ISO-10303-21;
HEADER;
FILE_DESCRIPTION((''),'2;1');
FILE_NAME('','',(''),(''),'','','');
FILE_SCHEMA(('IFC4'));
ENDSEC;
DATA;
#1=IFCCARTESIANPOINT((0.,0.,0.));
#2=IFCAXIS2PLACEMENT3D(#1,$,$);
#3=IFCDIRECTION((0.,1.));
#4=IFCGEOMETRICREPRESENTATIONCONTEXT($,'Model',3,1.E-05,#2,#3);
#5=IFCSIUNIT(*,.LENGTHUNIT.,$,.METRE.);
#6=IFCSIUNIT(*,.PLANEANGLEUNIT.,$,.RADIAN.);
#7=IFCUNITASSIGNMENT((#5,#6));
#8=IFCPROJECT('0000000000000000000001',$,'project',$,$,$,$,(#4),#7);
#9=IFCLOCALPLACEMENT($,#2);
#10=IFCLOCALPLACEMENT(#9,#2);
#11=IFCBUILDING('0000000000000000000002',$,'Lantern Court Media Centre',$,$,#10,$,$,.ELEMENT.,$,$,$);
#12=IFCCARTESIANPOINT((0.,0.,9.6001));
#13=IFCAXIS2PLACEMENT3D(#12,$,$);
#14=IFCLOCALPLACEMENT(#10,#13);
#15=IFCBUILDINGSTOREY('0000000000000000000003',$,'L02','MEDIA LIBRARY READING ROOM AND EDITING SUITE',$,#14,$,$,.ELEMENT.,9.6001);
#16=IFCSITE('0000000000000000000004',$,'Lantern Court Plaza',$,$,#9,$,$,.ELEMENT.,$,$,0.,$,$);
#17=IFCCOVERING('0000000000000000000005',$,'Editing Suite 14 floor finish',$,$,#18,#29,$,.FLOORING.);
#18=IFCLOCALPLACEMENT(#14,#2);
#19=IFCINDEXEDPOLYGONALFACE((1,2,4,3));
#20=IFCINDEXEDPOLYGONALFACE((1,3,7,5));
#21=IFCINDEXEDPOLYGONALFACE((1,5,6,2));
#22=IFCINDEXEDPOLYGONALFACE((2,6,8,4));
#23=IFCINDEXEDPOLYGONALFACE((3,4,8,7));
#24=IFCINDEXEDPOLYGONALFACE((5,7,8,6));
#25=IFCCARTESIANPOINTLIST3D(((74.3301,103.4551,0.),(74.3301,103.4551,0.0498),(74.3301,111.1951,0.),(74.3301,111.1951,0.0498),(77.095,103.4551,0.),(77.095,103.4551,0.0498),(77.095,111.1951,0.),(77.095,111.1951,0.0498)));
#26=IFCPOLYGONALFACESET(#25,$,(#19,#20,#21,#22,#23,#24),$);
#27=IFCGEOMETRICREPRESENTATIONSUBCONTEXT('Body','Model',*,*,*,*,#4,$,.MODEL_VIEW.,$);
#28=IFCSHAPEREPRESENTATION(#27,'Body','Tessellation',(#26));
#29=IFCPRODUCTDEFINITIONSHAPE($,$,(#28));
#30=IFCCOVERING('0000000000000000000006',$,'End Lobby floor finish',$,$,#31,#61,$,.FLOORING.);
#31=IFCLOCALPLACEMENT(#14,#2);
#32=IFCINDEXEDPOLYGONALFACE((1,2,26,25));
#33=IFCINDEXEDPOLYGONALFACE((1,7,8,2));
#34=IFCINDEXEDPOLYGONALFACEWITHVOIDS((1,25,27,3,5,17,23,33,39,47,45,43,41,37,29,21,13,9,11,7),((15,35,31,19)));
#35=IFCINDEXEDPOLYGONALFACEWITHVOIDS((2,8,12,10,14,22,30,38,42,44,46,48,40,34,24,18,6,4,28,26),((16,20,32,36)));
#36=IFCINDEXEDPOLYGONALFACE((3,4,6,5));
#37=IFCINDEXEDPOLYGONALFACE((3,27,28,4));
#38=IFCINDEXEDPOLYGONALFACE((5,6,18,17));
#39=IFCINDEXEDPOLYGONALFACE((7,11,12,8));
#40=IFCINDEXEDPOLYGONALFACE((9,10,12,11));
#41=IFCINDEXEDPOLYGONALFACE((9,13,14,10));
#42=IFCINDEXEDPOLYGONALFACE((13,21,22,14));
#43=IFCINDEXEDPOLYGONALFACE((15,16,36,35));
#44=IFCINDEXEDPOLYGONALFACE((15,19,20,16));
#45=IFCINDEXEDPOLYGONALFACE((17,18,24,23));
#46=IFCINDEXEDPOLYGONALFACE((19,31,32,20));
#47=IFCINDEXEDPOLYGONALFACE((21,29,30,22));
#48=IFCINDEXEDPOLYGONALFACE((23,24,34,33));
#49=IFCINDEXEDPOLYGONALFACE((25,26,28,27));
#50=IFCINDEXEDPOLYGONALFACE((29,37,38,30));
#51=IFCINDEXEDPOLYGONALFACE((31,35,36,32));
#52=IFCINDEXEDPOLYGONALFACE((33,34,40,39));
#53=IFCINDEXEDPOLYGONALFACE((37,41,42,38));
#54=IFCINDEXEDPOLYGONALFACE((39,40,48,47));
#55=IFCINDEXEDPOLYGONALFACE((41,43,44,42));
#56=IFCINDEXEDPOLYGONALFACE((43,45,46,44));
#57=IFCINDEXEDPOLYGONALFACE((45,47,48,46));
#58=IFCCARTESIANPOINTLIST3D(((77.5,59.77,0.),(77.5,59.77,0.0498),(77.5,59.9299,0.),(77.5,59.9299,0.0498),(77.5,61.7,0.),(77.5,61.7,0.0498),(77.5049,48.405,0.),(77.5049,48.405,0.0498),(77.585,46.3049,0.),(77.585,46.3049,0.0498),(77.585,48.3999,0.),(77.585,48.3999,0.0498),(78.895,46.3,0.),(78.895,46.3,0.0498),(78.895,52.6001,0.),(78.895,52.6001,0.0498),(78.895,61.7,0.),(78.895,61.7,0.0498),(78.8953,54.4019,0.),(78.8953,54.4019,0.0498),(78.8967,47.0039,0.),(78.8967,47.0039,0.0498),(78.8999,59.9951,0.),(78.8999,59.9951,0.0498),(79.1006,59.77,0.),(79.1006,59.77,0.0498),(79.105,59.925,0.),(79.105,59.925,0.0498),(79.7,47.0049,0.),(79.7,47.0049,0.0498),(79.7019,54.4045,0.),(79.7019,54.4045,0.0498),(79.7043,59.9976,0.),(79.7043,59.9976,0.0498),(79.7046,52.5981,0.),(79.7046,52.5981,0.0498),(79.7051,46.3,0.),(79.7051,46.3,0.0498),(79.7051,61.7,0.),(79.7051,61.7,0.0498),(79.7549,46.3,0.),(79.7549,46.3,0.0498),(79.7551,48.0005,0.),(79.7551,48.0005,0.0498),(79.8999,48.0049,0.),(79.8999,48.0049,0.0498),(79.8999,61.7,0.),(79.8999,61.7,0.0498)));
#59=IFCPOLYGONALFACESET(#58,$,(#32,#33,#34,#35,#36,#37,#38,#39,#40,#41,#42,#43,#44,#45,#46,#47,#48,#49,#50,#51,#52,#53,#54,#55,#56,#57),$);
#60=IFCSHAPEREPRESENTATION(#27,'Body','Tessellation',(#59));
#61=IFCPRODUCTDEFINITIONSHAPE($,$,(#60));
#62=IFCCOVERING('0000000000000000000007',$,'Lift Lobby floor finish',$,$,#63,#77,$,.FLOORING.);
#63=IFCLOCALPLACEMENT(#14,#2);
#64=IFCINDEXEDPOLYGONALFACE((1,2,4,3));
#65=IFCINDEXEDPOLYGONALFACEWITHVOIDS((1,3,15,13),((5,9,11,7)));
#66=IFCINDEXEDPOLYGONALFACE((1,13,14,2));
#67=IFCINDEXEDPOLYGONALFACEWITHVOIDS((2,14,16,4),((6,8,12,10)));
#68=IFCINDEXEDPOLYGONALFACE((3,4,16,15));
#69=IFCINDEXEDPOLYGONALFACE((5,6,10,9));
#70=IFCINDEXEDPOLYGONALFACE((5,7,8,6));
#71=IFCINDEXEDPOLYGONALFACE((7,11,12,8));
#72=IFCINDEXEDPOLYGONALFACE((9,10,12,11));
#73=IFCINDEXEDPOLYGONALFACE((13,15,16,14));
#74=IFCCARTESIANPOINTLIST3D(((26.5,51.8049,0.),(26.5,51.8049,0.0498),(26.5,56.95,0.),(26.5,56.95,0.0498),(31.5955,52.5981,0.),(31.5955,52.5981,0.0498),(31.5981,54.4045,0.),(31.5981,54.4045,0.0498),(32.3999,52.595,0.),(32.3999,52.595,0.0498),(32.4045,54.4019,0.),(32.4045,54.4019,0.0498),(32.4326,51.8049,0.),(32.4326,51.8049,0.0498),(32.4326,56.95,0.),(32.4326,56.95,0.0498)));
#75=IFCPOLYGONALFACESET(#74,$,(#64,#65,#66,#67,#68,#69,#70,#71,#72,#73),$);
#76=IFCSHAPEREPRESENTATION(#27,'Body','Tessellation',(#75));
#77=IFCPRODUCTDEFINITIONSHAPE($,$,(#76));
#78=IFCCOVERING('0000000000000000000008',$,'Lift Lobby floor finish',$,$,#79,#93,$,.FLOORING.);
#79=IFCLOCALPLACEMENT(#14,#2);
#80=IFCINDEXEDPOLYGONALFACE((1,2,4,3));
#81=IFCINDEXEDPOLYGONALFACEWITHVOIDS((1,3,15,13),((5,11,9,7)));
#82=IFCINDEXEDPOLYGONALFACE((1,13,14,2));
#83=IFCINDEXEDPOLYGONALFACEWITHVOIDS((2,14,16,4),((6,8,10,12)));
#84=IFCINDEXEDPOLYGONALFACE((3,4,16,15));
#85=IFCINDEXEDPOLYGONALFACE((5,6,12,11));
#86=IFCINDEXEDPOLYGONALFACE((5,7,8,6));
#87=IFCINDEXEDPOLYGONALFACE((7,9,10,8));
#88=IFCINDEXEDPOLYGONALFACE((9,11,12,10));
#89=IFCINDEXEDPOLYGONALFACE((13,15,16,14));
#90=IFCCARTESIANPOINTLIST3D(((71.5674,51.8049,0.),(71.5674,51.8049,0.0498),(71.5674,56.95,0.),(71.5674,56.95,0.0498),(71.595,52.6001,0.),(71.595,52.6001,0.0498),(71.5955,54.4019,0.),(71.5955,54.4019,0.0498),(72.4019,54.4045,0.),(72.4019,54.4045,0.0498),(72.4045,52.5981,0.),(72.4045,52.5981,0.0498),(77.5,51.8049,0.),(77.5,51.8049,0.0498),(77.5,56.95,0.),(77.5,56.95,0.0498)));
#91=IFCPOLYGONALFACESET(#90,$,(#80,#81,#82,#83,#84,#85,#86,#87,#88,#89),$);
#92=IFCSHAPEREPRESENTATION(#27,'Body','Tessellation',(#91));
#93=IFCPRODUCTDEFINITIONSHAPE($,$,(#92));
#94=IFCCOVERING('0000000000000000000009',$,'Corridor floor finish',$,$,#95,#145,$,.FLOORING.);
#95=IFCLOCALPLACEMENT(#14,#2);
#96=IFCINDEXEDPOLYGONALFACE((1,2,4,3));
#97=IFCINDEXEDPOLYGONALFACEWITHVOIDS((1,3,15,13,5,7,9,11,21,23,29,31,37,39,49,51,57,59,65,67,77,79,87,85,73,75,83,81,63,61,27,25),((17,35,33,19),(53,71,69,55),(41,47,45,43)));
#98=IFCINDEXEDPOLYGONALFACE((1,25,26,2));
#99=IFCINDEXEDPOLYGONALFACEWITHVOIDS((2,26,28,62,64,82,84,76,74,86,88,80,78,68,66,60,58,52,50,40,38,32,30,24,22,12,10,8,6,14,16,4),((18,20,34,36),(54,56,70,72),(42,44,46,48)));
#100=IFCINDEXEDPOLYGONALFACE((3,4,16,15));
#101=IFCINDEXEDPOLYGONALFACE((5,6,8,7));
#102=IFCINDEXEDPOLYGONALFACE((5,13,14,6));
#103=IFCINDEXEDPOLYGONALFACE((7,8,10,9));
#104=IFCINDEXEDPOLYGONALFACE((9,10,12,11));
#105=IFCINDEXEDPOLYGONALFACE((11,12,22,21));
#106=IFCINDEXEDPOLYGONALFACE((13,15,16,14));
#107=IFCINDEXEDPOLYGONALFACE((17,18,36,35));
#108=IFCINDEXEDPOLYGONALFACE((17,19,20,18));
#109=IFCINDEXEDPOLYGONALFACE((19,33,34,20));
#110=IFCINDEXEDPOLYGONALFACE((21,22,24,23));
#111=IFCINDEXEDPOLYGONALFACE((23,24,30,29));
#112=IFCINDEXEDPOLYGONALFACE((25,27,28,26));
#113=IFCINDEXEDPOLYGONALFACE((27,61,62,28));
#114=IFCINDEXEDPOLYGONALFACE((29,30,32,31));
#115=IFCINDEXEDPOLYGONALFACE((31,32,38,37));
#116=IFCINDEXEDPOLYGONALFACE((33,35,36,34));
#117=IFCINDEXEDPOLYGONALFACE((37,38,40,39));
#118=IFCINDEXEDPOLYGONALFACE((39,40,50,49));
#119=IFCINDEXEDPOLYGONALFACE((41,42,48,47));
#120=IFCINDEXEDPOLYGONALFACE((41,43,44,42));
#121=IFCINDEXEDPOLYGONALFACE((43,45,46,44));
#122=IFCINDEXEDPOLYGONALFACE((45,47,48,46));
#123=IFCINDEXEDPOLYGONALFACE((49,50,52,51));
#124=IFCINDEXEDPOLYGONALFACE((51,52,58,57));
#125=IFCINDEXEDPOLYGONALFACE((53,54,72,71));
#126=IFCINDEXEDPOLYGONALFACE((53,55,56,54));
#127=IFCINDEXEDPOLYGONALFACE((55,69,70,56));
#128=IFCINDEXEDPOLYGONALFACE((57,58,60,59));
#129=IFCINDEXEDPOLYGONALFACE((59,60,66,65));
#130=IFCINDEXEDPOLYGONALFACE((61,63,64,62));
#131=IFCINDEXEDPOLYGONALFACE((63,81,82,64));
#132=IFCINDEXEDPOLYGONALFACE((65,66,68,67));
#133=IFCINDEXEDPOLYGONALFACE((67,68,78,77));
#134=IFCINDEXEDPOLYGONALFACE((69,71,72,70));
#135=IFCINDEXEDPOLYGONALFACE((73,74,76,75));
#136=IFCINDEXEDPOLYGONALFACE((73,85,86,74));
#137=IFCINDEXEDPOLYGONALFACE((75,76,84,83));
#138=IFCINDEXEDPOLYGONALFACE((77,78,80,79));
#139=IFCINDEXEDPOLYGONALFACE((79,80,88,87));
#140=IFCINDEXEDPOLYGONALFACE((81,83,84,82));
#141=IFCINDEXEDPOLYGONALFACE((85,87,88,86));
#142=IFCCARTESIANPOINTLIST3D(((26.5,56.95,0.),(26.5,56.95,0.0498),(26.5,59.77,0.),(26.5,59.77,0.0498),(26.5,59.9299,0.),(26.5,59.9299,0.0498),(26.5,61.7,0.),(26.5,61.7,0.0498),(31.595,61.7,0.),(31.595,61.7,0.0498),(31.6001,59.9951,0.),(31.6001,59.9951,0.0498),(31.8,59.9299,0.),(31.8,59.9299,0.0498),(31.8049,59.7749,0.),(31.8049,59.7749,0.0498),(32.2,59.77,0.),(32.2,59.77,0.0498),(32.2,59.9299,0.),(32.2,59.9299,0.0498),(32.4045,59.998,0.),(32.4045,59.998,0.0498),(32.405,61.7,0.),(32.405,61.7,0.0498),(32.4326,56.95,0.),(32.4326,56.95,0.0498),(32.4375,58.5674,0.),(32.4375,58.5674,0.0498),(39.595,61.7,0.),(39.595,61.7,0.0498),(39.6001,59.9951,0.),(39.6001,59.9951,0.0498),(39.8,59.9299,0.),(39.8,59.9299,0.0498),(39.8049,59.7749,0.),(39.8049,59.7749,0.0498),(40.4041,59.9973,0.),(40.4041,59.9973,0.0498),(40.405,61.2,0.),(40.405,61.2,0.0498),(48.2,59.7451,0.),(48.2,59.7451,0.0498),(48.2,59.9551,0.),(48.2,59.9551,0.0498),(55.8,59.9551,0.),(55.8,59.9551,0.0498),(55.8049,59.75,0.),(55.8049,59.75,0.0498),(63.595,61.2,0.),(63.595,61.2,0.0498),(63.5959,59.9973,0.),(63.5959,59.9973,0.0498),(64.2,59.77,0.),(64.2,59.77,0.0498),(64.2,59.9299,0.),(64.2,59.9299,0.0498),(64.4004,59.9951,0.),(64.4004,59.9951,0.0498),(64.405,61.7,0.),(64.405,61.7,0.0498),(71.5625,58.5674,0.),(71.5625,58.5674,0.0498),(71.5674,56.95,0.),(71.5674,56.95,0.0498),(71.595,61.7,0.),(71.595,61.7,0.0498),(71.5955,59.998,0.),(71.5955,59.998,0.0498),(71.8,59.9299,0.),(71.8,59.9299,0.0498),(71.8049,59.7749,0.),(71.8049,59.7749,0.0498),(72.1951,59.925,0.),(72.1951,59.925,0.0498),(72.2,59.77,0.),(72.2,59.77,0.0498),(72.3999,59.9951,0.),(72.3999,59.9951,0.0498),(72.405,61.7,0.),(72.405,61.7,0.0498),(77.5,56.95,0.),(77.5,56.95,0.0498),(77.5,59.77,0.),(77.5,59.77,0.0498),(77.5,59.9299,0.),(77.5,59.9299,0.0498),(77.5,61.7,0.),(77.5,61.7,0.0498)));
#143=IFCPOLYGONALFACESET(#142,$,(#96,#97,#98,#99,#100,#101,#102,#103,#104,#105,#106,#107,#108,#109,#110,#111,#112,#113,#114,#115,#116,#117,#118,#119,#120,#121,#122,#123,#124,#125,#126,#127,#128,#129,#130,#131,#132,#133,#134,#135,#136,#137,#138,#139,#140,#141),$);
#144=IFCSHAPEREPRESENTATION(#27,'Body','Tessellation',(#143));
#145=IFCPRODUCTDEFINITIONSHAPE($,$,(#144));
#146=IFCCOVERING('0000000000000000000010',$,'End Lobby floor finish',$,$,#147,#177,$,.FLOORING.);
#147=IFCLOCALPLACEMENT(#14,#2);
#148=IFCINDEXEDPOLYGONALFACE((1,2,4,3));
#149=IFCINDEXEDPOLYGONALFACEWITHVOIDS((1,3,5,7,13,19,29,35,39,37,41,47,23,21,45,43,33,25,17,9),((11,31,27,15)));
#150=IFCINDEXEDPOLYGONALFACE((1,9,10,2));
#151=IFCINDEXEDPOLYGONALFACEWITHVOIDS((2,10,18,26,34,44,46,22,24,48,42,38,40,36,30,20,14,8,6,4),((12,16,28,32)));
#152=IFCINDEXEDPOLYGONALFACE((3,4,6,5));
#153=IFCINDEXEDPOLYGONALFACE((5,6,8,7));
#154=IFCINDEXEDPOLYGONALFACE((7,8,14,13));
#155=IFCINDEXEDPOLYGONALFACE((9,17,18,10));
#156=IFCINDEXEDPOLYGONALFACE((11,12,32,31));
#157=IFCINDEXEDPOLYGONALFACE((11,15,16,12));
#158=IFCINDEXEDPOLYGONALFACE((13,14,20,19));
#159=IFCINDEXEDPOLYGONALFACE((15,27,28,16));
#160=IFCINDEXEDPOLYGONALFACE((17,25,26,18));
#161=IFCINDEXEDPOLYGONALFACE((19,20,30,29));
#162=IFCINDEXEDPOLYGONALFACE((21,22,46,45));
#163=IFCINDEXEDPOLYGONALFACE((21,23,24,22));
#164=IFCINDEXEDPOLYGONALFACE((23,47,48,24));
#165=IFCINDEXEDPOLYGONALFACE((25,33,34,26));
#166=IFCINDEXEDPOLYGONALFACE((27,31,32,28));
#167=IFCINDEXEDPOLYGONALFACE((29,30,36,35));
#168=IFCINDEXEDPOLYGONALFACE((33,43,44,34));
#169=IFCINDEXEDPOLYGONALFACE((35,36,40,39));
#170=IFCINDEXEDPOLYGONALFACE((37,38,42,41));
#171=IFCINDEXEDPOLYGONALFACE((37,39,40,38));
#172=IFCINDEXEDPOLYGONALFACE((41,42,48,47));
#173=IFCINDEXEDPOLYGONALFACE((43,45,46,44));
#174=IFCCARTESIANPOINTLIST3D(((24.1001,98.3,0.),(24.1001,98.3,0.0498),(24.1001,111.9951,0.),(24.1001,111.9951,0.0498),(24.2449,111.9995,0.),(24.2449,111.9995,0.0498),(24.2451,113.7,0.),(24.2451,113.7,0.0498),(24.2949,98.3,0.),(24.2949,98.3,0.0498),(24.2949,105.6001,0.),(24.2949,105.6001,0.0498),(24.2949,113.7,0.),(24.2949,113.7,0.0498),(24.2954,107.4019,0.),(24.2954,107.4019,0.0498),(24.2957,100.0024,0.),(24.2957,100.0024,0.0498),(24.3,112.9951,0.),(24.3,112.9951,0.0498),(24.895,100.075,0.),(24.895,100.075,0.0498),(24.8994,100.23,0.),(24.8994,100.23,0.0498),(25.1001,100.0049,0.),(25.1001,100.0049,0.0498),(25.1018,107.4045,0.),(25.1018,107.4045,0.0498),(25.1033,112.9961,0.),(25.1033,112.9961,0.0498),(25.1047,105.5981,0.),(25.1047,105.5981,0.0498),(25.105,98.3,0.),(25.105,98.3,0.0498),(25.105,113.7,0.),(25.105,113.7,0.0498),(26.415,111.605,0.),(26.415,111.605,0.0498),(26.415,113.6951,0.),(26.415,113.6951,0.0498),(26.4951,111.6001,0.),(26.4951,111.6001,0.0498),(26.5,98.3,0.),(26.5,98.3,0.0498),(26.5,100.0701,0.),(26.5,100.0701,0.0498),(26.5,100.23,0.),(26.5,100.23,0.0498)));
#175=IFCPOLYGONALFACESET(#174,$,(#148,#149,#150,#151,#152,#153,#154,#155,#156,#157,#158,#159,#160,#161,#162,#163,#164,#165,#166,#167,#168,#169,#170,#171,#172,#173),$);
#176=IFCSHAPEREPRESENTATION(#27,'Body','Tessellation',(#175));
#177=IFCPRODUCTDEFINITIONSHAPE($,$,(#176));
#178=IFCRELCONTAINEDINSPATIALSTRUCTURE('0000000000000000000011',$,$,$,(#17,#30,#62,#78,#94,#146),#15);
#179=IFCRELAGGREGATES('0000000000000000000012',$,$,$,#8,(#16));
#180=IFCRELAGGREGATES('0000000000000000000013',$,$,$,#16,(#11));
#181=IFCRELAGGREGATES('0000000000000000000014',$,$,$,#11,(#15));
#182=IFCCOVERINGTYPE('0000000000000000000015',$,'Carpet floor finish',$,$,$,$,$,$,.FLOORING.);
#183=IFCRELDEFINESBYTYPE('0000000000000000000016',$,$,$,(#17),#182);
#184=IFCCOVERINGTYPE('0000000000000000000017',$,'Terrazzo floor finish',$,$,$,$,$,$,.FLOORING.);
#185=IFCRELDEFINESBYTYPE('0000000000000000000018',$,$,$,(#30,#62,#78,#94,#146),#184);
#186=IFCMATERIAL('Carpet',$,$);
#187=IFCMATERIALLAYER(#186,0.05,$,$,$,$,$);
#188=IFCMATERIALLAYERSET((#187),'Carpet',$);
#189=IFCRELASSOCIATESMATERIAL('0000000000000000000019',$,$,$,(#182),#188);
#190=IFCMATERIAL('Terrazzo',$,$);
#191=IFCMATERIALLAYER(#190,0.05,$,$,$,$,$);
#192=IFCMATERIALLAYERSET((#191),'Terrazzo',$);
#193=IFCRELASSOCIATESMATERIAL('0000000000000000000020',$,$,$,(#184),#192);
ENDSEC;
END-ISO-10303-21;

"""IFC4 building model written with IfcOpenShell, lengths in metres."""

from ifc_helpers import new_model, si_unit, direction, frame, origin, place, context, subcontext, project, spatial, polyline, outline, extrude, material, layer, layer_set, type_object, element, save


model = new_model("IFC4")

# Units and contexts
model_context = context("Model", 3, precision=1e-05, world=origin(), true_north=direction((0.0, 1.0)))
body_context = subcontext(model_context, "Body", "Model", "MODEL_VIEW")
ifc_project = project(units=[si_unit("LENGTHUNIT", "METRE"), si_unit("PLANEANGLEUNIT", "RADIAN")], contexts=[model_context])

# Site, building, storey
site_placement = place(None, origin())
site = spatial("IfcSite", under=ifc_project, at=site_placement, Name="Lantern Court Plaza", CompositionType="ELEMENT", RefElevation=0.0)
building_placement = place(site_placement, origin())
building = spatial("IfcBuilding", under=site, at=building_placement, Name="Lantern Court Media Centre", CompositionType="ELEMENT")
storey_placement = place(building_placement, frame((0.0, 0.0, 9.6001)))
storey = spatial("IfcBuildingStorey", under=building, at=storey_placement, Name="L02", Description="MEDIA LIBRARY READING ROOM AND EDITING SUITE", CompositionType="ELEMENT", Elevation=9.6001)

# Coverings
ifc_material_1 = material(Name="Carpet")
ifc_layer_1 = layer(ifc_material_1, 0.05)
ifc_layer_set_1 = layer_set([ifc_layer_1], Name="Carpet")
covering_type_1 = type_object("IfcCoveringType", Name="Carpet floor finish", PredefinedType="FLOORING", material=ifc_layer_set_1)
covering_1_placement = place(storey_placement, origin())
element("IfcCovering", 1, at=covering_1_placement, inside=storey, type_object=covering_type_1, Name="Editing Suite 14 floor finish", PredefinedType="FLOORING", context=body_context, shape_type="SweptSolid", body=[
    extrude(outline(polyline([(74.3301, 111.1951), (77.095, 111.1951), (77.095, 103.4551), (74.3301, 103.4551), (74.3301, 111.1951)])), origin(), (0.0, 0.0, 1.0), 0.0498),
])
ifc_material_2 = material(Name="Terrazzo")
ifc_layer_2 = layer(ifc_material_2, 0.05)
ifc_layer_set_2 = layer_set([ifc_layer_2], Name="Terrazzo")
covering_type_2 = type_object("IfcCoveringType", Name="Terrazzo floor finish", PredefinedType="FLOORING", material=ifc_layer_set_2)
covering_2_placement = place(storey_placement, origin())
element("IfcCovering", 2, at=covering_2_placement, inside=storey, type_object=covering_type_2, Name="End Lobby floor finish", PredefinedType="FLOORING", context=body_context, shape_type="SweptSolid", body=[
    extrude(outline(polyline([(79.8999, 61.7), (79.8999, 48.0049), (79.7551, 48.0005), (79.7549, 46.3), (79.7051, 46.3), (79.7, 47.0049), (78.8967, 47.0039), (78.895, 46.3), (77.585, 46.3049), (77.585, 48.3999), (77.5049, 48.405), (77.5, 59.77), (79.1006, 59.77), (79.105, 59.925), (77.5, 59.9299), (77.5, 61.7), (78.895, 61.7), (78.8999, 59.9951), (79.7043, 59.9976), (79.7051, 61.7), (79.8999, 61.7)]), holes=[polyline([(78.895, 52.6001), (79.7046, 52.5981), (79.7019, 54.4045), (78.8953, 54.4019), (78.895, 52.6001)])]), origin(), (0.0, 0.0, 1.0), 0.0498),
])
covering_3_placement = place(storey_placement, origin())
element("IfcCovering", 3, at=covering_3_placement, inside=storey, type_object=covering_type_2, Name="Lift Lobby floor finish", PredefinedType="FLOORING", context=body_context, shape_type="SweptSolid", body=[
    extrude(outline(polyline([(26.5, 56.95), (32.4326, 56.95), (32.4326, 51.8049), (26.5, 51.8049), (26.5, 56.95)]), holes=[polyline([(32.3999, 52.595), (32.4045, 54.4019), (31.5981, 54.4045), (31.5955, 52.5981), (32.3999, 52.595)])]), origin(), (0.0, 0.0, 1.0), 0.0498),
])
covering_4_placement = place(storey_placement, origin())
element("IfcCovering", 4, at=covering_4_placement, inside=storey, type_object=covering_type_2, Name="Lift Lobby floor finish", PredefinedType="FLOORING", context=body_context, shape_type="SweptSolid", body=[
    extrude(outline(polyline([(77.5, 56.95), (77.5, 51.8049), (71.5674, 51.8049), (71.5674, 56.95), (77.5, 56.95)]), holes=[polyline([(71.595, 52.6001), (72.4045, 52.5981), (72.4019, 54.4045), (71.5955, 54.4019), (71.595, 52.6001)])]), origin(), (0.0, 0.0, 1.0), 0.0498),
])
covering_5_placement = place(storey_placement, origin())
element("IfcCovering", 5, at=covering_5_placement, inside=storey, type_object=covering_type_2, Name="Corridor floor finish", PredefinedType="FLOORING", context=body_context, shape_type="SweptSolid", body=[
    extrude(outline(polyline([(26.5, 61.7), (31.595, 61.7), (31.6001, 59.9951), (32.4045, 59.998), (32.405, 61.7), (39.595, 61.7), (39.6001, 59.9951), (40.4041, 59.9973), (40.405, 61.2), (63.595, 61.2), (63.5959, 59.9973), (64.4004, 59.9951), (64.405, 61.7), (71.595, 61.7), (71.5955, 59.998), (72.3999, 59.9951), (72.405, 61.7), (77.5, 61.7), (77.5, 59.9299), (72.1951, 59.925), (72.2, 59.77), (77.5, 59.77), (77.5, 56.95), (71.5674, 56.95), (71.5625, 58.5674), (32.4375, 58.5674), (32.4326, 56.95), (26.5, 56.95), (26.5, 59.77), (31.8049, 59.7749), (31.8, 59.9299), (26.5, 59.9299), (26.5, 61.7)]), holes=[polyline([(64.2, 59.9299), (64.2, 59.77), (71.8049, 59.7749), (71.8, 59.9299), (64.2, 59.9299)]), polyline([(48.2, 59.9551), (48.2, 59.7451), (55.8049, 59.75), (55.8, 59.9551), (48.2, 59.9551)]), polyline([(32.2, 59.9299), (32.2, 59.77), (39.8049, 59.7749), (39.8, 59.9299), (32.2, 59.9299)])]), origin(), (0.0, 0.0, 1.0), 0.0498),
])
covering_6_placement = place(storey_placement, origin())
element("IfcCovering", 6, at=covering_6_placement, inside=storey, type_object=covering_type_2, Name="End Lobby floor finish", PredefinedType="FLOORING", context=body_context, shape_type="SweptSolid", body=[
    extrude(outline(polyline([(26.5, 98.3), (25.105, 98.3), (25.1001, 100.0049), (24.2957, 100.0024), (24.2949, 98.3), (24.1001, 98.3), (24.1001, 111.9951), (24.2449, 111.9995), (24.2451, 113.7), (24.2949, 113.7), (24.3, 112.9951), (25.1033, 112.9961), (25.105, 113.7), (26.415, 113.6951), (26.415, 111.605), (26.4951, 111.6001), (26.5, 100.23), (24.8994, 100.23), (24.895, 100.075), (26.5, 100.0701), (26.5, 98.3)]), holes=[polyline([(24.2949, 105.6001), (25.1047, 105.5981), (25.1018, 107.4045), (24.2954, 107.4019), (24.2949, 105.6001)])]), origin(), (0.0, 0.0, 1.0), 0.0498),
])

save(model, "model.ifc")
